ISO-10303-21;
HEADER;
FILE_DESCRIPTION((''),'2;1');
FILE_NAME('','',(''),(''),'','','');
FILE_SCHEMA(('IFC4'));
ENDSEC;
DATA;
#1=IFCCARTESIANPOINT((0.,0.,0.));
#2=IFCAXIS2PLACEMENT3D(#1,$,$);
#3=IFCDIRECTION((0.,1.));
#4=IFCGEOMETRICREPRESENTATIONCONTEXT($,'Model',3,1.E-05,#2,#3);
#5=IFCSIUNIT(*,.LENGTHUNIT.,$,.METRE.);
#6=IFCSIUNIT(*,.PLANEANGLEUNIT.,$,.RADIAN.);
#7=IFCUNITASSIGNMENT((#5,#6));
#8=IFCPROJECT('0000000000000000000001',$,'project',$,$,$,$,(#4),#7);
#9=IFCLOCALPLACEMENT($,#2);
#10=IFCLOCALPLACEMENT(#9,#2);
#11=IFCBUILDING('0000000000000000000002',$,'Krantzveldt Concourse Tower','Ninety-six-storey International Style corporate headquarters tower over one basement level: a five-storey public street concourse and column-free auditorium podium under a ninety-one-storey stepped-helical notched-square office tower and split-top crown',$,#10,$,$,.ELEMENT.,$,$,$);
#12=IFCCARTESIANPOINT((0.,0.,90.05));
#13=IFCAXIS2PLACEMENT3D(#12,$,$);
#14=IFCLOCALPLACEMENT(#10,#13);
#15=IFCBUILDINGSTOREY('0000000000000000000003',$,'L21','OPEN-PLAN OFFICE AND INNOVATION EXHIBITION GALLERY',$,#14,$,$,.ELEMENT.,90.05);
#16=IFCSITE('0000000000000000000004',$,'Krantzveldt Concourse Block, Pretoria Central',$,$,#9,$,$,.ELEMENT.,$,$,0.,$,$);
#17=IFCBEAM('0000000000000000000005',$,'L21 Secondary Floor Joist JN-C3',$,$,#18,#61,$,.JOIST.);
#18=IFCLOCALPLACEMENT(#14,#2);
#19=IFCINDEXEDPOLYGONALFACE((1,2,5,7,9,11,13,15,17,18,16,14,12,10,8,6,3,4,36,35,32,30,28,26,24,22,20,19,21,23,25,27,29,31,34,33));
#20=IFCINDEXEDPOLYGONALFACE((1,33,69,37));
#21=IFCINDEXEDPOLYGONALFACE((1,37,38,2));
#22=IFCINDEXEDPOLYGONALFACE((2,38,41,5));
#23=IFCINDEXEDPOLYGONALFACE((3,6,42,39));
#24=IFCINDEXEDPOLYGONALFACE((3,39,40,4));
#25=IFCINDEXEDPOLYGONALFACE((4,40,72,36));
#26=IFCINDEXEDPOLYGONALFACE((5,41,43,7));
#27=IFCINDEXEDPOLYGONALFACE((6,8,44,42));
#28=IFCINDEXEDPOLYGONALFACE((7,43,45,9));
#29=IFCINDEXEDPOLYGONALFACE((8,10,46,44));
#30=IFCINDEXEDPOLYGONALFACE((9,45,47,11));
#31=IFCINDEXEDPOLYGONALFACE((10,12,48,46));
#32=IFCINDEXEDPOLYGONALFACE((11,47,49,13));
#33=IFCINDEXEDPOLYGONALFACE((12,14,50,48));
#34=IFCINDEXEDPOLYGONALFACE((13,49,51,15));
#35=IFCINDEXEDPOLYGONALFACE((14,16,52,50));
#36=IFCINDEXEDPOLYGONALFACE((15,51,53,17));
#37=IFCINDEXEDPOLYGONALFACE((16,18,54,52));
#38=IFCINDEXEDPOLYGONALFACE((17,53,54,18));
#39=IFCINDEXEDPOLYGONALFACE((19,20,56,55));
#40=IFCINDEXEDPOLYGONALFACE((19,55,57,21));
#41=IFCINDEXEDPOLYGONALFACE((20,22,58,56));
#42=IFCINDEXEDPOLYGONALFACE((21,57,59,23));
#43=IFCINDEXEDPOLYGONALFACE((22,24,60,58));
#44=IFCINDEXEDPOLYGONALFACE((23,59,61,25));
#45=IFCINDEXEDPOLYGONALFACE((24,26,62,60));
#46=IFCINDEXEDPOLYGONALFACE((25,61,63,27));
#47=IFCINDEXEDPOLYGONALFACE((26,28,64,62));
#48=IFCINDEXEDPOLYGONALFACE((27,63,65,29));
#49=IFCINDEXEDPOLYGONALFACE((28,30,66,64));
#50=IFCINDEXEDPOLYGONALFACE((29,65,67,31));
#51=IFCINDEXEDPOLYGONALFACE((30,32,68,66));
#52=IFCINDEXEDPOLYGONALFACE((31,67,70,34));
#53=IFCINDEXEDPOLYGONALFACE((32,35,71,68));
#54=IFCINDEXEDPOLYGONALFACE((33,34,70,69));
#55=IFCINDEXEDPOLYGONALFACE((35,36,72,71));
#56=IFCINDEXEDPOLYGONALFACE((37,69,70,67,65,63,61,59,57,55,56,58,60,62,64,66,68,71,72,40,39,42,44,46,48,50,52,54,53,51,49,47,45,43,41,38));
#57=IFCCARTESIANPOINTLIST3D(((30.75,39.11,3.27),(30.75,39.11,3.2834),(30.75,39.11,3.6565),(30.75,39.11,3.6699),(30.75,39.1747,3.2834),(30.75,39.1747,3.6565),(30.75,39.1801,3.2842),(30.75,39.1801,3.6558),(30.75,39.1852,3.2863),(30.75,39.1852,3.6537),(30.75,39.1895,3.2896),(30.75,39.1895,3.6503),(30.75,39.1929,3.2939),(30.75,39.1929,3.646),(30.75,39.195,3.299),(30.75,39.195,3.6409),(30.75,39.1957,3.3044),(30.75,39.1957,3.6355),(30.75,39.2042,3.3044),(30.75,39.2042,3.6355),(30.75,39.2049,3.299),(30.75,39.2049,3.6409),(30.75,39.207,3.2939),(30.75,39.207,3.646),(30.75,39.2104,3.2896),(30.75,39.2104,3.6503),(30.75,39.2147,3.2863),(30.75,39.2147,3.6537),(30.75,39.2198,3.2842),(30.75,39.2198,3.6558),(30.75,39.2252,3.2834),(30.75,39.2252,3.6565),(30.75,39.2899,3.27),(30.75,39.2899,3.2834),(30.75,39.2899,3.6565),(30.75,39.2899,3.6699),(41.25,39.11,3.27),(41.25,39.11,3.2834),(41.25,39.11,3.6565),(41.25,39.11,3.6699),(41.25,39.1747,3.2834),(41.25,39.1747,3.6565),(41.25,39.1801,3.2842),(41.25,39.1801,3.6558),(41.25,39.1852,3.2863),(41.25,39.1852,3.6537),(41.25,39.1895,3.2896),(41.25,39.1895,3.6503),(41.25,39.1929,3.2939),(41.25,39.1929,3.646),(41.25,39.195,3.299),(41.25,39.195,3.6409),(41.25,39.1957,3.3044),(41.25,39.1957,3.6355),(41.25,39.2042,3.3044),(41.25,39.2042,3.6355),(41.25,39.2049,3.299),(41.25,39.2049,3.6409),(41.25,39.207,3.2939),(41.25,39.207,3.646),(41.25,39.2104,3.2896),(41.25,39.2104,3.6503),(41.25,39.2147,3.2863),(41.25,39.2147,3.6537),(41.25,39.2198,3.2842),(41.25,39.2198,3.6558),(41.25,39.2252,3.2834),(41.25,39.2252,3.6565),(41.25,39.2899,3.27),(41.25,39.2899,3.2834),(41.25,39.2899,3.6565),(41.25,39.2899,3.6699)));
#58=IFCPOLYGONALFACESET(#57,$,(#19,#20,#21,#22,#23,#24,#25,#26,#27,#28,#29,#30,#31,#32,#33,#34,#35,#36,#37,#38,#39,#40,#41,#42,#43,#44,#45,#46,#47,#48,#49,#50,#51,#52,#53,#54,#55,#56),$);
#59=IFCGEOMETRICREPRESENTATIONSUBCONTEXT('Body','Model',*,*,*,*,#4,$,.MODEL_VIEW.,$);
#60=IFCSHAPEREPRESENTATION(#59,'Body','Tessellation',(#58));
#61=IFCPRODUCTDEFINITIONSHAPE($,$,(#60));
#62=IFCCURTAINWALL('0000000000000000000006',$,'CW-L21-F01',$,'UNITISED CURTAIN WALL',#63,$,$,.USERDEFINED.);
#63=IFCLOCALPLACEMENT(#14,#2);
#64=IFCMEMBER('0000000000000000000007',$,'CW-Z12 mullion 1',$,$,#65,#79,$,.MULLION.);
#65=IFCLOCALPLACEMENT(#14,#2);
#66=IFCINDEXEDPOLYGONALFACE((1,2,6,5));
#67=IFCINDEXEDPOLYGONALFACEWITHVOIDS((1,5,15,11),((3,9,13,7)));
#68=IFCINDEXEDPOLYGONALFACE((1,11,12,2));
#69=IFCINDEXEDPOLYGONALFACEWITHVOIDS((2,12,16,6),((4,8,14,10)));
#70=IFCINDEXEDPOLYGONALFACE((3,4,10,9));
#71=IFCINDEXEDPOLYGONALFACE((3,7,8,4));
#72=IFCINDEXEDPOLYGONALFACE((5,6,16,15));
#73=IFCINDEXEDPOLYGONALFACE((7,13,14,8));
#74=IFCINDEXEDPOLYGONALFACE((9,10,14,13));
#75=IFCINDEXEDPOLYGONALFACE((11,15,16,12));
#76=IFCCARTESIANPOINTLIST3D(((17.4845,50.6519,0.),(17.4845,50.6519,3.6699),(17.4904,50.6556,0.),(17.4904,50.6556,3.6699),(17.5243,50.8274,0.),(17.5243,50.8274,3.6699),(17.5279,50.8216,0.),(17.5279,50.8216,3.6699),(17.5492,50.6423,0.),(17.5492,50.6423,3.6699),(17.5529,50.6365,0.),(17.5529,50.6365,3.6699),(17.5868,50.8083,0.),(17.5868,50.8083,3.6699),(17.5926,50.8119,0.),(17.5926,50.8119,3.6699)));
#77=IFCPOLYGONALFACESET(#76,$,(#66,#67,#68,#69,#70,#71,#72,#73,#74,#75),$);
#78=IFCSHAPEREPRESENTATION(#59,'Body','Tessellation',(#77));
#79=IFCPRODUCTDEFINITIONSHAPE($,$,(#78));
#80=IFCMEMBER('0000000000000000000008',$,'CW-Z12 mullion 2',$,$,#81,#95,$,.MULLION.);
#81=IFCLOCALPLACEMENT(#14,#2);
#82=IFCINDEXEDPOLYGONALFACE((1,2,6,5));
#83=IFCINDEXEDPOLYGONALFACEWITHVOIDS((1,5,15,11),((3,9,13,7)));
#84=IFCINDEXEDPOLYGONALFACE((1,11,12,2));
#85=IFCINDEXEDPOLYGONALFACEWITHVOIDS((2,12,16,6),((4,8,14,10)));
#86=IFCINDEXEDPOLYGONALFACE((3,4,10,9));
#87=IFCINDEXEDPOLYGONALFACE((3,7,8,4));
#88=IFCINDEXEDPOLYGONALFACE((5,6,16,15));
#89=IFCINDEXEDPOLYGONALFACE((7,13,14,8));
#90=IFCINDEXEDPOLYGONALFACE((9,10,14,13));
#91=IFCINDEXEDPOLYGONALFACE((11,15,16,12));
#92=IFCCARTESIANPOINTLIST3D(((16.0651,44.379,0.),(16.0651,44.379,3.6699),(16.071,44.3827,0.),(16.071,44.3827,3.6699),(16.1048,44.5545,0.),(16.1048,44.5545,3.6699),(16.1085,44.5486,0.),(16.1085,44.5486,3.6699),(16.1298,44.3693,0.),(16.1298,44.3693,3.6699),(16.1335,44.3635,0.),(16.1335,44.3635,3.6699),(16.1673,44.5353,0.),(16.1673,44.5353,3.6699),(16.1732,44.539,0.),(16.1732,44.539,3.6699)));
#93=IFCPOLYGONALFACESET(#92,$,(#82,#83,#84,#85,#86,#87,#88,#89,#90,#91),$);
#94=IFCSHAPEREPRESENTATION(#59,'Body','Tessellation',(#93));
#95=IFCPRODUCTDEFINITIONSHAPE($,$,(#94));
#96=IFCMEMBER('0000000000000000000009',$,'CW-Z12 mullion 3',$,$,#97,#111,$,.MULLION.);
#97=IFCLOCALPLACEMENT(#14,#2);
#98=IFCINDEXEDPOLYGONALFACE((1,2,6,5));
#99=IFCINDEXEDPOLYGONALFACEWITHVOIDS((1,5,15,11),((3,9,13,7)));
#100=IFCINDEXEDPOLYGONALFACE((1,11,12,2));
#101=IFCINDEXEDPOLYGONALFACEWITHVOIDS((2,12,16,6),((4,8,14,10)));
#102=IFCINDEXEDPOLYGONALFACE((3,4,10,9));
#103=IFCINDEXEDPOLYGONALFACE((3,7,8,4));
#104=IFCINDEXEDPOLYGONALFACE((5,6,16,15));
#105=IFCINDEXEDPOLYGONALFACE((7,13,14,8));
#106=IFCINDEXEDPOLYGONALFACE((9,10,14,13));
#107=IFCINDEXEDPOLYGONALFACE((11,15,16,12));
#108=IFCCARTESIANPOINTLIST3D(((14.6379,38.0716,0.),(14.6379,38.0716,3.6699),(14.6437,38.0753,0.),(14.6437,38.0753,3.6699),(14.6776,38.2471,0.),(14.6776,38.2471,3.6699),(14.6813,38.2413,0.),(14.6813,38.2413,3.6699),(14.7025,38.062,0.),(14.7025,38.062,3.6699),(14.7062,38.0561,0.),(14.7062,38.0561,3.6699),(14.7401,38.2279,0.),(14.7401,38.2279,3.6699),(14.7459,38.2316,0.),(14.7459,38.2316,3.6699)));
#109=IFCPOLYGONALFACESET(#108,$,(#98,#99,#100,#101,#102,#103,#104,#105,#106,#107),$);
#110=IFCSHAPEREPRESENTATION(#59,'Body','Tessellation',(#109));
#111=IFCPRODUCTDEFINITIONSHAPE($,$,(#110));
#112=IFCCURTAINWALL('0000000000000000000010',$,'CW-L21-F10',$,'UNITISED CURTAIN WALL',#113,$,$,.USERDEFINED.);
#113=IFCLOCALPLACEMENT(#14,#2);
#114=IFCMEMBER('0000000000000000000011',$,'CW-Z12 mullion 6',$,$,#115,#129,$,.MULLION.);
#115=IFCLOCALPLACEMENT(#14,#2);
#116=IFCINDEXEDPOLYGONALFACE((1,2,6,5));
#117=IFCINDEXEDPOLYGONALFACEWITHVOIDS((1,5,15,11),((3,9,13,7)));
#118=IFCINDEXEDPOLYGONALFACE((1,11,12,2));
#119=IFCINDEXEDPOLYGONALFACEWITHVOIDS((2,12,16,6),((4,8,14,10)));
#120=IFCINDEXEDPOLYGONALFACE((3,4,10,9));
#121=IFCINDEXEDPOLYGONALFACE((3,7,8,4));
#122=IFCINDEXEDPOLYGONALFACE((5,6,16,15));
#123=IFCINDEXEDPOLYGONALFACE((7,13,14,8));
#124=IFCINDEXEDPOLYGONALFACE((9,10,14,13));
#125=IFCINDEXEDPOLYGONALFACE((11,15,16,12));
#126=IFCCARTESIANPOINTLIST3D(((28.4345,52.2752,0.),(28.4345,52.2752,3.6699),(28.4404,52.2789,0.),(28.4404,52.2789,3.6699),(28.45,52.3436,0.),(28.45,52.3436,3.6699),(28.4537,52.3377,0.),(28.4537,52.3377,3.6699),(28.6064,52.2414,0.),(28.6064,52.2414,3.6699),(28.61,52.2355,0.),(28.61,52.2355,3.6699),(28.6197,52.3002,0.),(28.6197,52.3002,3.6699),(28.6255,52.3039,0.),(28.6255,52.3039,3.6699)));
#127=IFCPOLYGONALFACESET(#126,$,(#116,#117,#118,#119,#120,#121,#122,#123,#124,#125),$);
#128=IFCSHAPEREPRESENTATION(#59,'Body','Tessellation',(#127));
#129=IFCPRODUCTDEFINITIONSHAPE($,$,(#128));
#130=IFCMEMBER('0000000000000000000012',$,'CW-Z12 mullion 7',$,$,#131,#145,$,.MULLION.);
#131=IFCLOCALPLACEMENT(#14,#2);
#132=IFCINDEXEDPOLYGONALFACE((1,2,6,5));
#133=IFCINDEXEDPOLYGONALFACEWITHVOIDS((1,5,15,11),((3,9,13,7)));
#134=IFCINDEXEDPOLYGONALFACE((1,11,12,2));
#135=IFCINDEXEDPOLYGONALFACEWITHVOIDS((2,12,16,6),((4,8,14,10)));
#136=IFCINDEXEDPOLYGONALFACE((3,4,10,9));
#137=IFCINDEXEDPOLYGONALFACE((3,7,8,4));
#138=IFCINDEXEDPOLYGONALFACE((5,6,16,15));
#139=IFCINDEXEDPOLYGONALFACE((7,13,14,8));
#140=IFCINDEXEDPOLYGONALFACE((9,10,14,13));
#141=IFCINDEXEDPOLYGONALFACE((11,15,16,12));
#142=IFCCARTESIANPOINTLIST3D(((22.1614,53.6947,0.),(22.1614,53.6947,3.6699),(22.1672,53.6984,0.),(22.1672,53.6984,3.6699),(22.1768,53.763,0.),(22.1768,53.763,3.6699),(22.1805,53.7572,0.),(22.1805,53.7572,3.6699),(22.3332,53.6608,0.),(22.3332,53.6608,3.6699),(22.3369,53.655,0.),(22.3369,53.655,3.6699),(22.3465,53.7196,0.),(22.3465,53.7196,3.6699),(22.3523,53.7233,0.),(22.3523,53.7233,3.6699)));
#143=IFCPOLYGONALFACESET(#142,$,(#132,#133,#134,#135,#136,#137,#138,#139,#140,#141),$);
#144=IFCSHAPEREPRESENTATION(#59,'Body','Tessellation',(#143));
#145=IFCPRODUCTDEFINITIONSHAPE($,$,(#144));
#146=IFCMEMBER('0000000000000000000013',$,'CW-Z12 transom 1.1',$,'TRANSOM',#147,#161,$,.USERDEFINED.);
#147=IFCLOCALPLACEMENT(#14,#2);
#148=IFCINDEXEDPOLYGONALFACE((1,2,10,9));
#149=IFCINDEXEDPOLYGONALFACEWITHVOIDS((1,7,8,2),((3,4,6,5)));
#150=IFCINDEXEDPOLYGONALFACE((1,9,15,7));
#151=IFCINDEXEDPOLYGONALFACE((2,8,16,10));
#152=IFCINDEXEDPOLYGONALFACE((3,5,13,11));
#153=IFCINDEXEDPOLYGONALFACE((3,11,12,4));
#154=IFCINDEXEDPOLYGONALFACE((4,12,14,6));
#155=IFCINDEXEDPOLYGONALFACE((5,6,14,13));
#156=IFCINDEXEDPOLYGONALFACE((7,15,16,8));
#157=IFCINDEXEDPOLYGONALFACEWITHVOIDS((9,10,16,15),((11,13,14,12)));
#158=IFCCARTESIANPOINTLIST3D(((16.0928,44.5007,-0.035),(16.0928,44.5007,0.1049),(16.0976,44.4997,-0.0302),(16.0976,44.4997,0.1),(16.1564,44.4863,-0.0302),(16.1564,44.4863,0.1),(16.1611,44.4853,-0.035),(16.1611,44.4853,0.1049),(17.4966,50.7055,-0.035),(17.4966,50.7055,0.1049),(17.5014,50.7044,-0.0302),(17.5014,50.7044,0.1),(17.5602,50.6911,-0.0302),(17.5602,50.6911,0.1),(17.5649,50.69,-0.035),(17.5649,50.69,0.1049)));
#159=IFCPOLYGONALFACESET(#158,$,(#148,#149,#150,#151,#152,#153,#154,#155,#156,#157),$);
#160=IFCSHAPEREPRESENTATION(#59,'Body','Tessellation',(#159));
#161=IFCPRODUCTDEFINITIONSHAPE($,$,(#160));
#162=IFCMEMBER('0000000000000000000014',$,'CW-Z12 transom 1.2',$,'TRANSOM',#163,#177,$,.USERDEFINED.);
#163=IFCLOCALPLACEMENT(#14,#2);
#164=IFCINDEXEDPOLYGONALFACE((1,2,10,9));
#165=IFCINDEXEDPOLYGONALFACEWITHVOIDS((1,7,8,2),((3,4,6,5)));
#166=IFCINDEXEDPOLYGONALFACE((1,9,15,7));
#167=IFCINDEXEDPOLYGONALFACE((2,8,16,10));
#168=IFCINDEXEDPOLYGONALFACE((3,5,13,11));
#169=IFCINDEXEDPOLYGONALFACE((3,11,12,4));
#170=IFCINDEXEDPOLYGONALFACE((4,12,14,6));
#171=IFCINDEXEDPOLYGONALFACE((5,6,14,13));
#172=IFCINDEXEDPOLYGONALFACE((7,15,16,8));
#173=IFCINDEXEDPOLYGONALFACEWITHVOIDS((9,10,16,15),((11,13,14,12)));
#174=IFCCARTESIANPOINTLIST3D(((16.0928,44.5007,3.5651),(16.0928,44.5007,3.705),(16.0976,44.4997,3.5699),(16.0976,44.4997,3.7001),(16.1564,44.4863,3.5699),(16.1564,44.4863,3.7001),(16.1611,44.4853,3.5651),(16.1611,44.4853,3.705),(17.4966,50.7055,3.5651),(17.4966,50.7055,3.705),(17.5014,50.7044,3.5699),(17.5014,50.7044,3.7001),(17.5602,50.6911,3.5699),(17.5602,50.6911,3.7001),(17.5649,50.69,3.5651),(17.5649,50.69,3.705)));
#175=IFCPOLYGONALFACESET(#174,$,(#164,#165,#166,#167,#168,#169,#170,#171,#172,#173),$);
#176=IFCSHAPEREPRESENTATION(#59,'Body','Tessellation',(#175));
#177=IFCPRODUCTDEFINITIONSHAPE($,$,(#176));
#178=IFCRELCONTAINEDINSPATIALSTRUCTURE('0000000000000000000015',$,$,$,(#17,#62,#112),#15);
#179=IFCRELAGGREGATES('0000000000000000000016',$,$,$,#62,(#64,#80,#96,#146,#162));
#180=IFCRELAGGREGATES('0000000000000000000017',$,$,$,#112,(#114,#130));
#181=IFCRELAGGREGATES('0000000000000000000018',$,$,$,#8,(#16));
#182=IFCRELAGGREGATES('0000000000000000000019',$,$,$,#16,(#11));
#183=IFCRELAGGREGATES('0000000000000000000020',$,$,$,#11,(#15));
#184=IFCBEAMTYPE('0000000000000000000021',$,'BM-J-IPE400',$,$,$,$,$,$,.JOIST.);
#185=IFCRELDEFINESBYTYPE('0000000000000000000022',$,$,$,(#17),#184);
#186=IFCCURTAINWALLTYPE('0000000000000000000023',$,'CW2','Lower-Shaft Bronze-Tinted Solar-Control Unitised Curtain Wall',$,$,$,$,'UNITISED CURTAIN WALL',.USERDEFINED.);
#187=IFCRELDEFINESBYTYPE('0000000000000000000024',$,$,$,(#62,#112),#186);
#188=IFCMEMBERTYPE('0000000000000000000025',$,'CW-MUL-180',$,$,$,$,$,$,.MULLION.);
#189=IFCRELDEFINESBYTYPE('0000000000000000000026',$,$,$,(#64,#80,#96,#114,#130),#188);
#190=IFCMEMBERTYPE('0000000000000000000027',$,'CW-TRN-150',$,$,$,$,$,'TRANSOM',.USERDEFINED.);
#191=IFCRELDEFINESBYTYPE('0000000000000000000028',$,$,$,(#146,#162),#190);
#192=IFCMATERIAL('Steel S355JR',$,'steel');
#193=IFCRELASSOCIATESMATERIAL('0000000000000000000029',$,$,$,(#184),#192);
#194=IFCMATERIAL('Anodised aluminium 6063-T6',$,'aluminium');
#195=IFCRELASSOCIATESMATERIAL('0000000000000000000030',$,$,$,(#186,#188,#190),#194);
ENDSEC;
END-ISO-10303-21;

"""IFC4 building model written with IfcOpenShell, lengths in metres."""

from ifc_helpers import new_model, si_unit, direction, frame, origin, origin_2d, place, context, subcontext, project, spatial, hollow_rectangle, i_section, extrude, source, transform, mapped, material, material_profile, profile_set, type_object, type_shapes, element, aggregate, save


model = new_model("IFC4")

# Units and contexts
model_context = context("Model", 3, precision=1e-05, world=origin(), true_north=direction((0.0, 1.0)))
body_context = subcontext(model_context, "Body", "Model", "MODEL_VIEW")
ifc_project = project(units=[si_unit("LENGTHUNIT", "METRE"), si_unit("PLANEANGLEUNIT", "RADIAN")], contexts=[model_context])

# Site, building, storey
site_placement = place(None, origin())
site = spatial("IfcSite", under=ifc_project, at=site_placement, Name="Krantzveldt Concourse Block, Pretoria Central", CompositionType="ELEMENT", RefElevation=0.0)
building_placement = place(site_placement, origin())
building = spatial("IfcBuilding", under=site, at=building_placement, Name="Krantzveldt Concourse Tower", Description="Ninety-six-storey International Style corporate headquarters tower over one basement level: a five-storey public street concourse and column-free auditorium podium under a ninety-one-storey stepped-helical notched-square office tower and split-top crown", CompositionType="ELEMENT")
storey_placement = place(building_placement, frame((0.0, 0.0, 90.05)))
storey = spatial("IfcBuildingStorey", under=building, at=storey_placement, Name="L21", Description="OPEN-PLAN OFFICE AND INNOVATION EXHIBITION GALLERY", CompositionType="ELEMENT", Elevation=90.05)

# Beam
ifc_material_1 = material(Name="Steel S355JR", Category="steel")
ifc_material_profile_1 = material_profile(ifc_material_1, i_section(OverallWidth=0.1799, OverallDepth=0.3999, WebThickness=0.0085, FlangeThickness=0.0134, FilletRadius=0.021, at=origin_2d()), Name="Steel S355JR", Category="steel")
ifc_profile_set_1 = profile_set([ifc_material_profile_1], Name="Steel S355JR - IPE 400")
beam_type_1 = type_object("IfcBeamType", Name="BM-J-IPE400", PredefinedType="JOIST", material=ifc_profile_set_1)
shared_shape_1 = source(origin(), body_context, "Body", "SweptSolid", [
    extrude(i_section(OverallWidth=0.1799, OverallDepth=0.3999, WebThickness=0.0085, FlangeThickness=0.0134, FilletRadius=0.021, at=origin_2d()), origin(), (0.0, 0.0, 1.0), 10.5),
])
type_shapes(beam_type_1, [shared_shape_1])
beam_1_placement = place(storey_placement, frame((30.75, 39.2, 3.47), z_axis=(1.0, 0.0, 0.0), x_axis=(0.0, 1.0, 0.0)))
element("IfcBeam", 1, at=beam_1_placement, inside=storey, type_object=beam_type_1, Name="L21 Secondary Floor Joist JN-C3", PredefinedType="JOIST", context=body_context, shape_type="MappedRepresentation", body=[
    mapped(shared_shape_1, transform((0.0, 0.0, 0.0), x_axis=(1.0, 0.0, 0.0), y_axis=(0.0, 1.0, 0.0), z_axis=(0.0, 0.0, 1.0), scale=1.0)),
])

# Curtain walls, members
ifc_material_2 = material(Name="Anodised aluminium 6063-T6", Category="aluminium")
curtain_wall_type = type_object("IfcCurtainWallType", Name="CW2", Description="Lower-Shaft Bronze-Tinted Solar-Control Unitised Curtain Wall", ElementType="UNITISED CURTAIN WALL", PredefinedType="USERDEFINED", material=ifc_material_2)
curtain_wall_1_placement = place(storey_placement, origin())
curtain_wall_1 = element("IfcCurtainWall", 2, at=curtain_wall_1_placement, inside=storey, type_object=curtain_wall_type, Name="CW-L21-F01", ObjectType="UNITISED CURTAIN WALL", PredefinedType="USERDEFINED")
ifc_material_profile_2 = material_profile(ifc_material_2, hollow_rectangle(XDim=0.0701, YDim=0.1799, WallThickness=0.0049, at=origin_2d()), Name="Anodised aluminium 6063-T6", Category="aluminium")
ifc_profile_set_2 = profile_set([ifc_material_profile_2], Name="Anodised aluminium 6063-T6 - ALU-MULL 180x70x5")
member_type_1 = type_object("IfcMemberType", Name="CW-MUL-180", PredefinedType="MULLION", material=ifc_profile_set_2)
shared_shape_2 = source(origin(), body_context, "Body", "SweptSolid", [
    extrude(hollow_rectangle(XDim=0.0701, YDim=0.1799, WallThickness=0.0049, at=origin_2d()), origin(), (0.0, 0.0, 1.0), 3.6699),
])
type_shapes(member_type_1, [shared_shape_2])
member_1_placement = place(storey_placement, frame((17.5386, 50.7319, 0.0), z_axis=(0.0, 0.0, 1.0), x_axis=(0.975342, -0.220697, 0.0)))
member_1 = element("IfcMember", 3, at=member_1_placement, type_object=member_type_1, Name="CW-Z12 mullion 1", PredefinedType="MULLION", context=body_context, shape_type="MappedRepresentation", body=[
    mapped(shared_shape_2, transform((0.0, 0.0, 0.0), x_axis=(1.0, 0.0, 0.0), y_axis=(0.0, 1.0, 0.0), z_axis=(0.0, 0.0, 1.0), scale=1.0)),
])
member_2_placement = place(storey_placement, frame((16.1191, 44.459, 0.0), z_axis=(0.0, 0.0, 1.0), x_axis=(0.975342, -0.220697, 0.0)))
member_2 = element("IfcMember", 4, at=member_2_placement, type_object=member_type_1, Name="CW-Z12 mullion 2", PredefinedType="MULLION", context=body_context, shape_type="MappedRepresentation", body=[
    mapped(shared_shape_2, transform((0.0, 0.0, 0.0), x_axis=(1.0, 0.0, 0.0), y_axis=(0.0, 1.0, 0.0), z_axis=(0.0, 0.0, 1.0), scale=1.0)),
])
member_3_placement = place(storey_placement, frame((14.6919, 38.1516, 0.0), z_axis=(0.0, 0.0, 1.0), x_axis=(0.975342, -0.220697, 0.0)))
member_3 = element("IfcMember", 5, at=member_3_placement, type_object=member_type_1, Name="CW-Z12 mullion 3", PredefinedType="MULLION", context=body_context, shape_type="MappedRepresentation", body=[
    mapped(shared_shape_2, transform((0.0, 0.0, 0.0), x_axis=(1.0, 0.0, 0.0), y_axis=(0.0, 1.0, 0.0), z_axis=(0.0, 0.0, 1.0), scale=1.0)),
])
curtain_wall_2_placement = place(storey_placement, origin())
curtain_wall_2 = element("IfcCurtainWall", 6, at=curtain_wall_2_placement, inside=storey, type_object=curtain_wall_type, Name="CW-L21-F10", ObjectType="UNITISED CURTAIN WALL", PredefinedType="USERDEFINED")
member_4_placement = place(storey_placement, frame((28.53, 52.2896, 0.0), z_axis=(0.0, 0.0, 1.0), x_axis=(-0.220697, -0.975342, 0.0)))
member_4 = element("IfcMember", 7, at=member_4_placement, type_object=member_type_1, Name="CW-Z12 mullion 6", PredefinedType="MULLION", context=body_context, shape_type="MappedRepresentation", body=[
    mapped(shared_shape_2, transform((0.0, 0.0, 0.0), x_axis=(1.0, 0.0, 0.0), y_axis=(0.0, 1.0, 0.0), z_axis=(0.0, 0.0, 1.0), scale=1.0)),
])
member_5_placement = place(storey_placement, frame((22.2568, 53.709, 0.0), z_axis=(0.0, 0.0, 1.0), x_axis=(-0.220697, -0.975342, 0.0)))
member_5 = element("IfcMember", 8, at=member_5_placement, type_object=member_type_1, Name="CW-Z12 mullion 7", PredefinedType="MULLION", context=body_context, shape_type="MappedRepresentation", body=[
    mapped(shared_shape_2, transform((0.0, 0.0, 0.0), x_axis=(1.0, 0.0, 0.0), y_axis=(0.0, 1.0, 0.0), z_axis=(0.0, 0.0, 1.0), scale=1.0)),
])

# Members
ifc_material_profile_3 = material_profile(ifc_material_2, hollow_rectangle(XDim=0.0701, YDim=0.1399, WallThickness=0.0049, at=origin_2d()), Name="Anodised aluminium 6063-T6", Category="aluminium")
ifc_profile_set_3 = profile_set([ifc_material_profile_3], Name="Anodised aluminium 6063-T6 - ALU-TRAN 140x70x5")
member_type_2 = type_object("IfcMemberType", Name="CW-TRN-150", ElementType="TRANSOM", PredefinedType="USERDEFINED", material=ifc_profile_set_3)
shared_shape_3 = source(origin(), body_context, "Body", "SweptSolid", [
    extrude(hollow_rectangle(XDim=0.0701, YDim=0.1399, WallThickness=0.0049, at=origin_2d()), origin(), (0.0, 0.0, 1.0), 6.3616),
])
member_6_placement = place(storey_placement, frame((17.5308, 50.6978, 0.0349), z_axis=(-0.220667, -0.975349, 0.0), x_axis=(0.975349, -0.220667, 0.0)))
member_6 = element("IfcMember", 9, at=member_6_placement, type_object=member_type_2, Name="CW-Z12 transom 1.1", ObjectType="TRANSOM", PredefinedType="USERDEFINED", context=body_context, shape_type="MappedRepresentation", body=[
    mapped(shared_shape_3, transform((0.0, 0.0, 0.0), x_axis=(1.0, 0.0, 0.0), y_axis=(0.0, 1.0, 0.0), z_axis=(0.0, 0.0, 1.0), scale=1.0)),
])
member_7_placement = place(storey_placement, frame((17.5308, 50.6978, 3.635), z_axis=(-0.220667, -0.975349, 0.0), x_axis=(0.975349, -0.220667, 0.0)))
member_7 = element("IfcMember", 10, at=member_7_placement, type_object=member_type_2, Name="CW-Z12 transom 1.2", ObjectType="TRANSOM", PredefinedType="USERDEFINED", context=body_context, shape_type="MappedRepresentation", body=[
    mapped(shared_shape_3, transform((0.0, 0.0, 0.0), x_axis=(1.0, 0.0, 0.0), y_axis=(0.0, 1.0, 0.0), z_axis=(0.0, 0.0, 1.0), scale=1.0)),
])

aggregate(curtain_wall_1, [member_1, member_2, member_3, member_6, member_7])
aggregate(curtain_wall_2, [member_4, member_5])

save(model, "model.ifc")
